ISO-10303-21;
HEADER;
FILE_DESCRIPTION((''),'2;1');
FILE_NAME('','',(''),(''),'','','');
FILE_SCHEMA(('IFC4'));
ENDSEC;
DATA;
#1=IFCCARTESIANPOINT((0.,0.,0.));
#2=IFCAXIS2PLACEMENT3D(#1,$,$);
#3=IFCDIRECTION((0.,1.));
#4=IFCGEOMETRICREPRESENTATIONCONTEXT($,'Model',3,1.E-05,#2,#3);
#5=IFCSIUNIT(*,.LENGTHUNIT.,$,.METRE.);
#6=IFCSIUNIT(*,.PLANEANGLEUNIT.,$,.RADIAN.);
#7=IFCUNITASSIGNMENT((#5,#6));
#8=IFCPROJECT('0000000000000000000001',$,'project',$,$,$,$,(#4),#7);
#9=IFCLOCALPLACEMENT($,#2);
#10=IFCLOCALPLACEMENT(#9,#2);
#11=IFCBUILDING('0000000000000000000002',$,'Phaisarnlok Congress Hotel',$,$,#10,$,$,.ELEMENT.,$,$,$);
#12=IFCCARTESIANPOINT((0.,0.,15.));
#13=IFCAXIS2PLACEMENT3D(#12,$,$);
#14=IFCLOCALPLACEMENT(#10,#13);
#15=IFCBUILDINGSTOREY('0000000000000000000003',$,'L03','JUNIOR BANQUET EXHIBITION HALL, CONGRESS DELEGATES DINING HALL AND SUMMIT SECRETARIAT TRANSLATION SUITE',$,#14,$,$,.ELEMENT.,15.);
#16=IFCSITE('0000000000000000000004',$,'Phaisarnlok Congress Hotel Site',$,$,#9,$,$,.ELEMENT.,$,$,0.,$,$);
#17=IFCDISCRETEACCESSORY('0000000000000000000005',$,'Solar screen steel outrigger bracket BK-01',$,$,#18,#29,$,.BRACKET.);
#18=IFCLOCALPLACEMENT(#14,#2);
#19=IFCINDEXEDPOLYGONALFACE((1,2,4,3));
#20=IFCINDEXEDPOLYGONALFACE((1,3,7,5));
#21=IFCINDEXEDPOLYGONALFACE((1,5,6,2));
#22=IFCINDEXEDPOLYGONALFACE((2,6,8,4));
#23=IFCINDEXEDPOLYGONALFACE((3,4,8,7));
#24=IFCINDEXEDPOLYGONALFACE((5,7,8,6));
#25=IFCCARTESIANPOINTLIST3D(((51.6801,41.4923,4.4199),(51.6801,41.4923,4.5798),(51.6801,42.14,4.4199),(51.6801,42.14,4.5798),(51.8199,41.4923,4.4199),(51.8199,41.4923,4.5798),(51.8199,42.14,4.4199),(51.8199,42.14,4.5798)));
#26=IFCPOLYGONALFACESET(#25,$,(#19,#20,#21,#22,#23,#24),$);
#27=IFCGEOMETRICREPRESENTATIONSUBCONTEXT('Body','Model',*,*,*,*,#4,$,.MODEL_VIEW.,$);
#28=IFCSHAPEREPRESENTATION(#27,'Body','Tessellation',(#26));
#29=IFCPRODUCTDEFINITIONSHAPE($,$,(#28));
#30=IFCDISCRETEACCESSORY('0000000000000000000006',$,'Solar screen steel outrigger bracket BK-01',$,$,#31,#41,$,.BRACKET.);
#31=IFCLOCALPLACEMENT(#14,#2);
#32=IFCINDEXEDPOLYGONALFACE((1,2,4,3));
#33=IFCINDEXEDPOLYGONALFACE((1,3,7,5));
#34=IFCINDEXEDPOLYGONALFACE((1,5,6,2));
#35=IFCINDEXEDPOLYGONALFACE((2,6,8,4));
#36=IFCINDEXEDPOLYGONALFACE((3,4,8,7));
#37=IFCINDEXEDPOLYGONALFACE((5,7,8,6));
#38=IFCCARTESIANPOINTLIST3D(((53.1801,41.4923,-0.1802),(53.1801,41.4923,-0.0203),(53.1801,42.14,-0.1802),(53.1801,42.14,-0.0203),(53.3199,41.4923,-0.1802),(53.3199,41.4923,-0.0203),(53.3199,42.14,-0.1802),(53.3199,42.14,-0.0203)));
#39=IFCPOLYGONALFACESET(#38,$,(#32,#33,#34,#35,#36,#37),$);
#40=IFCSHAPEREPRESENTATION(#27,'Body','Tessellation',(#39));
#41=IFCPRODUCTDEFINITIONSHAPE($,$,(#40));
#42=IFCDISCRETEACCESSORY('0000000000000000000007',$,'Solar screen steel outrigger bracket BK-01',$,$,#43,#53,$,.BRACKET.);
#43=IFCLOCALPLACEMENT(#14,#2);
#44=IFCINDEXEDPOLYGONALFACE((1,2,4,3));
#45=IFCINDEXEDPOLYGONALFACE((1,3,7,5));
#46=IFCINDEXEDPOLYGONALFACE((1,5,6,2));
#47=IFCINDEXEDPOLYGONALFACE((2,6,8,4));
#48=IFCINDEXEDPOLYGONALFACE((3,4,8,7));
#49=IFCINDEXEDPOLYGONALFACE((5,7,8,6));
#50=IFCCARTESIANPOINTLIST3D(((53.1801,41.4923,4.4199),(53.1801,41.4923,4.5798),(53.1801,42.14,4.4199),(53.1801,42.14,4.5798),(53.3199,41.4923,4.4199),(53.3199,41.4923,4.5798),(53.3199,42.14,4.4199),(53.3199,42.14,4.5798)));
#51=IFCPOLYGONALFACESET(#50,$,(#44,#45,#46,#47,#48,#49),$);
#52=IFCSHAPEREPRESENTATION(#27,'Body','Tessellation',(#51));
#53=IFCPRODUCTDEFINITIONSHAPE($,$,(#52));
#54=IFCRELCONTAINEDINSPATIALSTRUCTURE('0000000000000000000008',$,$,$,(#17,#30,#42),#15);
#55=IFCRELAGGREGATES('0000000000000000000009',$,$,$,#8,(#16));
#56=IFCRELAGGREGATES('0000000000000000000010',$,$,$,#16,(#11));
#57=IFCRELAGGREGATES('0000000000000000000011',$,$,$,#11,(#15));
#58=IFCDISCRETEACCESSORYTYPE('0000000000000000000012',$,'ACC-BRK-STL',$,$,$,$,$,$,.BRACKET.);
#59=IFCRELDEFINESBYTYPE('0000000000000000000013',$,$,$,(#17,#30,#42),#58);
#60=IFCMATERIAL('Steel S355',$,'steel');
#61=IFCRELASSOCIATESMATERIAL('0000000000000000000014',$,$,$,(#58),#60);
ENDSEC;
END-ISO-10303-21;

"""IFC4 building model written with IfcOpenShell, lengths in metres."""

from ifc_helpers import new_model, si_unit, direction, frame, origin, origin_2d, place, context, subcontext, project, spatial, rectangle, extrude, material, type_object, element, save


model = new_model("IFC4")

# Units and contexts
model_context = context("Model", 3, precision=1e-05, world=origin(), true_north=direction((0.0, 1.0)))
body_context = subcontext(model_context, "Body", "Model", "MODEL_VIEW")
ifc_project = project(units=[si_unit("LENGTHUNIT", "METRE"), si_unit("PLANEANGLEUNIT", "RADIAN")], contexts=[model_context])

# Site, building, storey
site_placement = place(None, origin())
site = spatial("IfcSite", under=ifc_project, at=site_placement, Name="Phaisarnlok Congress Hotel Site", CompositionType="ELEMENT", RefElevation=0.0)
building_placement = place(site_placement, origin())
building = spatial("IfcBuilding", under=site, at=building_placement, Name="Phaisarnlok Congress Hotel", CompositionType="ELEMENT")
storey_placement = place(building_placement, frame((0.0, 0.0, 15.0)))
storey = spatial("IfcBuildingStorey", under=building, at=storey_placement, Name="L03", Description="JUNIOR BANQUET EXHIBITION HALL, CONGRESS DELEGATES DINING HALL AND SUMMIT SECRETARIAT TRANSLATION SUITE", CompositionType="ELEMENT", Elevation=15.0)

# Discrete accessories
ifc_material_1 = material(Name="Steel S355", Category="steel")
discrete_accessory_type = type_object("IfcDiscreteAccessoryType", Name="ACC-BRK-STL", PredefinedType="BRACKET", material=ifc_material_1)
for number, where, z_axis, x_axis, name in (
    (1, (51.75, 41.8162, 4.4199), (0.0, 0.0, 1.0), (1.0, 0.0, 0.0), "Solar screen steel outrigger bracket BK-01"),
    (2, (53.25, 41.8162, -0.1802), (0.0, 0.0, 1.0), (1.0, 0.0, 0.0), "Solar screen steel outrigger bracket BK-01"),
    (3, (53.25, 41.8162, 4.4199), (0.0, 0.0, 1.0), (1.0, 0.0, 0.0), "Solar screen steel outrigger bracket BK-01"),
):
    element("IfcDiscreteAccessory", number, at=place(storey_placement, frame(where, z_axis=z_axis, x_axis=x_axis)), inside=storey, type_object=discrete_accessory_type, Name=name, PredefinedType="BRACKET", context=body_context, shape_type="SweptSolid", body=[
        extrude(rectangle(XDim=0.1399, YDim=0.6477, at=origin_2d()), origin(), (0.0, 0.0, 1.0), 0.1599),
    ])

save(model, "model.ifc")
